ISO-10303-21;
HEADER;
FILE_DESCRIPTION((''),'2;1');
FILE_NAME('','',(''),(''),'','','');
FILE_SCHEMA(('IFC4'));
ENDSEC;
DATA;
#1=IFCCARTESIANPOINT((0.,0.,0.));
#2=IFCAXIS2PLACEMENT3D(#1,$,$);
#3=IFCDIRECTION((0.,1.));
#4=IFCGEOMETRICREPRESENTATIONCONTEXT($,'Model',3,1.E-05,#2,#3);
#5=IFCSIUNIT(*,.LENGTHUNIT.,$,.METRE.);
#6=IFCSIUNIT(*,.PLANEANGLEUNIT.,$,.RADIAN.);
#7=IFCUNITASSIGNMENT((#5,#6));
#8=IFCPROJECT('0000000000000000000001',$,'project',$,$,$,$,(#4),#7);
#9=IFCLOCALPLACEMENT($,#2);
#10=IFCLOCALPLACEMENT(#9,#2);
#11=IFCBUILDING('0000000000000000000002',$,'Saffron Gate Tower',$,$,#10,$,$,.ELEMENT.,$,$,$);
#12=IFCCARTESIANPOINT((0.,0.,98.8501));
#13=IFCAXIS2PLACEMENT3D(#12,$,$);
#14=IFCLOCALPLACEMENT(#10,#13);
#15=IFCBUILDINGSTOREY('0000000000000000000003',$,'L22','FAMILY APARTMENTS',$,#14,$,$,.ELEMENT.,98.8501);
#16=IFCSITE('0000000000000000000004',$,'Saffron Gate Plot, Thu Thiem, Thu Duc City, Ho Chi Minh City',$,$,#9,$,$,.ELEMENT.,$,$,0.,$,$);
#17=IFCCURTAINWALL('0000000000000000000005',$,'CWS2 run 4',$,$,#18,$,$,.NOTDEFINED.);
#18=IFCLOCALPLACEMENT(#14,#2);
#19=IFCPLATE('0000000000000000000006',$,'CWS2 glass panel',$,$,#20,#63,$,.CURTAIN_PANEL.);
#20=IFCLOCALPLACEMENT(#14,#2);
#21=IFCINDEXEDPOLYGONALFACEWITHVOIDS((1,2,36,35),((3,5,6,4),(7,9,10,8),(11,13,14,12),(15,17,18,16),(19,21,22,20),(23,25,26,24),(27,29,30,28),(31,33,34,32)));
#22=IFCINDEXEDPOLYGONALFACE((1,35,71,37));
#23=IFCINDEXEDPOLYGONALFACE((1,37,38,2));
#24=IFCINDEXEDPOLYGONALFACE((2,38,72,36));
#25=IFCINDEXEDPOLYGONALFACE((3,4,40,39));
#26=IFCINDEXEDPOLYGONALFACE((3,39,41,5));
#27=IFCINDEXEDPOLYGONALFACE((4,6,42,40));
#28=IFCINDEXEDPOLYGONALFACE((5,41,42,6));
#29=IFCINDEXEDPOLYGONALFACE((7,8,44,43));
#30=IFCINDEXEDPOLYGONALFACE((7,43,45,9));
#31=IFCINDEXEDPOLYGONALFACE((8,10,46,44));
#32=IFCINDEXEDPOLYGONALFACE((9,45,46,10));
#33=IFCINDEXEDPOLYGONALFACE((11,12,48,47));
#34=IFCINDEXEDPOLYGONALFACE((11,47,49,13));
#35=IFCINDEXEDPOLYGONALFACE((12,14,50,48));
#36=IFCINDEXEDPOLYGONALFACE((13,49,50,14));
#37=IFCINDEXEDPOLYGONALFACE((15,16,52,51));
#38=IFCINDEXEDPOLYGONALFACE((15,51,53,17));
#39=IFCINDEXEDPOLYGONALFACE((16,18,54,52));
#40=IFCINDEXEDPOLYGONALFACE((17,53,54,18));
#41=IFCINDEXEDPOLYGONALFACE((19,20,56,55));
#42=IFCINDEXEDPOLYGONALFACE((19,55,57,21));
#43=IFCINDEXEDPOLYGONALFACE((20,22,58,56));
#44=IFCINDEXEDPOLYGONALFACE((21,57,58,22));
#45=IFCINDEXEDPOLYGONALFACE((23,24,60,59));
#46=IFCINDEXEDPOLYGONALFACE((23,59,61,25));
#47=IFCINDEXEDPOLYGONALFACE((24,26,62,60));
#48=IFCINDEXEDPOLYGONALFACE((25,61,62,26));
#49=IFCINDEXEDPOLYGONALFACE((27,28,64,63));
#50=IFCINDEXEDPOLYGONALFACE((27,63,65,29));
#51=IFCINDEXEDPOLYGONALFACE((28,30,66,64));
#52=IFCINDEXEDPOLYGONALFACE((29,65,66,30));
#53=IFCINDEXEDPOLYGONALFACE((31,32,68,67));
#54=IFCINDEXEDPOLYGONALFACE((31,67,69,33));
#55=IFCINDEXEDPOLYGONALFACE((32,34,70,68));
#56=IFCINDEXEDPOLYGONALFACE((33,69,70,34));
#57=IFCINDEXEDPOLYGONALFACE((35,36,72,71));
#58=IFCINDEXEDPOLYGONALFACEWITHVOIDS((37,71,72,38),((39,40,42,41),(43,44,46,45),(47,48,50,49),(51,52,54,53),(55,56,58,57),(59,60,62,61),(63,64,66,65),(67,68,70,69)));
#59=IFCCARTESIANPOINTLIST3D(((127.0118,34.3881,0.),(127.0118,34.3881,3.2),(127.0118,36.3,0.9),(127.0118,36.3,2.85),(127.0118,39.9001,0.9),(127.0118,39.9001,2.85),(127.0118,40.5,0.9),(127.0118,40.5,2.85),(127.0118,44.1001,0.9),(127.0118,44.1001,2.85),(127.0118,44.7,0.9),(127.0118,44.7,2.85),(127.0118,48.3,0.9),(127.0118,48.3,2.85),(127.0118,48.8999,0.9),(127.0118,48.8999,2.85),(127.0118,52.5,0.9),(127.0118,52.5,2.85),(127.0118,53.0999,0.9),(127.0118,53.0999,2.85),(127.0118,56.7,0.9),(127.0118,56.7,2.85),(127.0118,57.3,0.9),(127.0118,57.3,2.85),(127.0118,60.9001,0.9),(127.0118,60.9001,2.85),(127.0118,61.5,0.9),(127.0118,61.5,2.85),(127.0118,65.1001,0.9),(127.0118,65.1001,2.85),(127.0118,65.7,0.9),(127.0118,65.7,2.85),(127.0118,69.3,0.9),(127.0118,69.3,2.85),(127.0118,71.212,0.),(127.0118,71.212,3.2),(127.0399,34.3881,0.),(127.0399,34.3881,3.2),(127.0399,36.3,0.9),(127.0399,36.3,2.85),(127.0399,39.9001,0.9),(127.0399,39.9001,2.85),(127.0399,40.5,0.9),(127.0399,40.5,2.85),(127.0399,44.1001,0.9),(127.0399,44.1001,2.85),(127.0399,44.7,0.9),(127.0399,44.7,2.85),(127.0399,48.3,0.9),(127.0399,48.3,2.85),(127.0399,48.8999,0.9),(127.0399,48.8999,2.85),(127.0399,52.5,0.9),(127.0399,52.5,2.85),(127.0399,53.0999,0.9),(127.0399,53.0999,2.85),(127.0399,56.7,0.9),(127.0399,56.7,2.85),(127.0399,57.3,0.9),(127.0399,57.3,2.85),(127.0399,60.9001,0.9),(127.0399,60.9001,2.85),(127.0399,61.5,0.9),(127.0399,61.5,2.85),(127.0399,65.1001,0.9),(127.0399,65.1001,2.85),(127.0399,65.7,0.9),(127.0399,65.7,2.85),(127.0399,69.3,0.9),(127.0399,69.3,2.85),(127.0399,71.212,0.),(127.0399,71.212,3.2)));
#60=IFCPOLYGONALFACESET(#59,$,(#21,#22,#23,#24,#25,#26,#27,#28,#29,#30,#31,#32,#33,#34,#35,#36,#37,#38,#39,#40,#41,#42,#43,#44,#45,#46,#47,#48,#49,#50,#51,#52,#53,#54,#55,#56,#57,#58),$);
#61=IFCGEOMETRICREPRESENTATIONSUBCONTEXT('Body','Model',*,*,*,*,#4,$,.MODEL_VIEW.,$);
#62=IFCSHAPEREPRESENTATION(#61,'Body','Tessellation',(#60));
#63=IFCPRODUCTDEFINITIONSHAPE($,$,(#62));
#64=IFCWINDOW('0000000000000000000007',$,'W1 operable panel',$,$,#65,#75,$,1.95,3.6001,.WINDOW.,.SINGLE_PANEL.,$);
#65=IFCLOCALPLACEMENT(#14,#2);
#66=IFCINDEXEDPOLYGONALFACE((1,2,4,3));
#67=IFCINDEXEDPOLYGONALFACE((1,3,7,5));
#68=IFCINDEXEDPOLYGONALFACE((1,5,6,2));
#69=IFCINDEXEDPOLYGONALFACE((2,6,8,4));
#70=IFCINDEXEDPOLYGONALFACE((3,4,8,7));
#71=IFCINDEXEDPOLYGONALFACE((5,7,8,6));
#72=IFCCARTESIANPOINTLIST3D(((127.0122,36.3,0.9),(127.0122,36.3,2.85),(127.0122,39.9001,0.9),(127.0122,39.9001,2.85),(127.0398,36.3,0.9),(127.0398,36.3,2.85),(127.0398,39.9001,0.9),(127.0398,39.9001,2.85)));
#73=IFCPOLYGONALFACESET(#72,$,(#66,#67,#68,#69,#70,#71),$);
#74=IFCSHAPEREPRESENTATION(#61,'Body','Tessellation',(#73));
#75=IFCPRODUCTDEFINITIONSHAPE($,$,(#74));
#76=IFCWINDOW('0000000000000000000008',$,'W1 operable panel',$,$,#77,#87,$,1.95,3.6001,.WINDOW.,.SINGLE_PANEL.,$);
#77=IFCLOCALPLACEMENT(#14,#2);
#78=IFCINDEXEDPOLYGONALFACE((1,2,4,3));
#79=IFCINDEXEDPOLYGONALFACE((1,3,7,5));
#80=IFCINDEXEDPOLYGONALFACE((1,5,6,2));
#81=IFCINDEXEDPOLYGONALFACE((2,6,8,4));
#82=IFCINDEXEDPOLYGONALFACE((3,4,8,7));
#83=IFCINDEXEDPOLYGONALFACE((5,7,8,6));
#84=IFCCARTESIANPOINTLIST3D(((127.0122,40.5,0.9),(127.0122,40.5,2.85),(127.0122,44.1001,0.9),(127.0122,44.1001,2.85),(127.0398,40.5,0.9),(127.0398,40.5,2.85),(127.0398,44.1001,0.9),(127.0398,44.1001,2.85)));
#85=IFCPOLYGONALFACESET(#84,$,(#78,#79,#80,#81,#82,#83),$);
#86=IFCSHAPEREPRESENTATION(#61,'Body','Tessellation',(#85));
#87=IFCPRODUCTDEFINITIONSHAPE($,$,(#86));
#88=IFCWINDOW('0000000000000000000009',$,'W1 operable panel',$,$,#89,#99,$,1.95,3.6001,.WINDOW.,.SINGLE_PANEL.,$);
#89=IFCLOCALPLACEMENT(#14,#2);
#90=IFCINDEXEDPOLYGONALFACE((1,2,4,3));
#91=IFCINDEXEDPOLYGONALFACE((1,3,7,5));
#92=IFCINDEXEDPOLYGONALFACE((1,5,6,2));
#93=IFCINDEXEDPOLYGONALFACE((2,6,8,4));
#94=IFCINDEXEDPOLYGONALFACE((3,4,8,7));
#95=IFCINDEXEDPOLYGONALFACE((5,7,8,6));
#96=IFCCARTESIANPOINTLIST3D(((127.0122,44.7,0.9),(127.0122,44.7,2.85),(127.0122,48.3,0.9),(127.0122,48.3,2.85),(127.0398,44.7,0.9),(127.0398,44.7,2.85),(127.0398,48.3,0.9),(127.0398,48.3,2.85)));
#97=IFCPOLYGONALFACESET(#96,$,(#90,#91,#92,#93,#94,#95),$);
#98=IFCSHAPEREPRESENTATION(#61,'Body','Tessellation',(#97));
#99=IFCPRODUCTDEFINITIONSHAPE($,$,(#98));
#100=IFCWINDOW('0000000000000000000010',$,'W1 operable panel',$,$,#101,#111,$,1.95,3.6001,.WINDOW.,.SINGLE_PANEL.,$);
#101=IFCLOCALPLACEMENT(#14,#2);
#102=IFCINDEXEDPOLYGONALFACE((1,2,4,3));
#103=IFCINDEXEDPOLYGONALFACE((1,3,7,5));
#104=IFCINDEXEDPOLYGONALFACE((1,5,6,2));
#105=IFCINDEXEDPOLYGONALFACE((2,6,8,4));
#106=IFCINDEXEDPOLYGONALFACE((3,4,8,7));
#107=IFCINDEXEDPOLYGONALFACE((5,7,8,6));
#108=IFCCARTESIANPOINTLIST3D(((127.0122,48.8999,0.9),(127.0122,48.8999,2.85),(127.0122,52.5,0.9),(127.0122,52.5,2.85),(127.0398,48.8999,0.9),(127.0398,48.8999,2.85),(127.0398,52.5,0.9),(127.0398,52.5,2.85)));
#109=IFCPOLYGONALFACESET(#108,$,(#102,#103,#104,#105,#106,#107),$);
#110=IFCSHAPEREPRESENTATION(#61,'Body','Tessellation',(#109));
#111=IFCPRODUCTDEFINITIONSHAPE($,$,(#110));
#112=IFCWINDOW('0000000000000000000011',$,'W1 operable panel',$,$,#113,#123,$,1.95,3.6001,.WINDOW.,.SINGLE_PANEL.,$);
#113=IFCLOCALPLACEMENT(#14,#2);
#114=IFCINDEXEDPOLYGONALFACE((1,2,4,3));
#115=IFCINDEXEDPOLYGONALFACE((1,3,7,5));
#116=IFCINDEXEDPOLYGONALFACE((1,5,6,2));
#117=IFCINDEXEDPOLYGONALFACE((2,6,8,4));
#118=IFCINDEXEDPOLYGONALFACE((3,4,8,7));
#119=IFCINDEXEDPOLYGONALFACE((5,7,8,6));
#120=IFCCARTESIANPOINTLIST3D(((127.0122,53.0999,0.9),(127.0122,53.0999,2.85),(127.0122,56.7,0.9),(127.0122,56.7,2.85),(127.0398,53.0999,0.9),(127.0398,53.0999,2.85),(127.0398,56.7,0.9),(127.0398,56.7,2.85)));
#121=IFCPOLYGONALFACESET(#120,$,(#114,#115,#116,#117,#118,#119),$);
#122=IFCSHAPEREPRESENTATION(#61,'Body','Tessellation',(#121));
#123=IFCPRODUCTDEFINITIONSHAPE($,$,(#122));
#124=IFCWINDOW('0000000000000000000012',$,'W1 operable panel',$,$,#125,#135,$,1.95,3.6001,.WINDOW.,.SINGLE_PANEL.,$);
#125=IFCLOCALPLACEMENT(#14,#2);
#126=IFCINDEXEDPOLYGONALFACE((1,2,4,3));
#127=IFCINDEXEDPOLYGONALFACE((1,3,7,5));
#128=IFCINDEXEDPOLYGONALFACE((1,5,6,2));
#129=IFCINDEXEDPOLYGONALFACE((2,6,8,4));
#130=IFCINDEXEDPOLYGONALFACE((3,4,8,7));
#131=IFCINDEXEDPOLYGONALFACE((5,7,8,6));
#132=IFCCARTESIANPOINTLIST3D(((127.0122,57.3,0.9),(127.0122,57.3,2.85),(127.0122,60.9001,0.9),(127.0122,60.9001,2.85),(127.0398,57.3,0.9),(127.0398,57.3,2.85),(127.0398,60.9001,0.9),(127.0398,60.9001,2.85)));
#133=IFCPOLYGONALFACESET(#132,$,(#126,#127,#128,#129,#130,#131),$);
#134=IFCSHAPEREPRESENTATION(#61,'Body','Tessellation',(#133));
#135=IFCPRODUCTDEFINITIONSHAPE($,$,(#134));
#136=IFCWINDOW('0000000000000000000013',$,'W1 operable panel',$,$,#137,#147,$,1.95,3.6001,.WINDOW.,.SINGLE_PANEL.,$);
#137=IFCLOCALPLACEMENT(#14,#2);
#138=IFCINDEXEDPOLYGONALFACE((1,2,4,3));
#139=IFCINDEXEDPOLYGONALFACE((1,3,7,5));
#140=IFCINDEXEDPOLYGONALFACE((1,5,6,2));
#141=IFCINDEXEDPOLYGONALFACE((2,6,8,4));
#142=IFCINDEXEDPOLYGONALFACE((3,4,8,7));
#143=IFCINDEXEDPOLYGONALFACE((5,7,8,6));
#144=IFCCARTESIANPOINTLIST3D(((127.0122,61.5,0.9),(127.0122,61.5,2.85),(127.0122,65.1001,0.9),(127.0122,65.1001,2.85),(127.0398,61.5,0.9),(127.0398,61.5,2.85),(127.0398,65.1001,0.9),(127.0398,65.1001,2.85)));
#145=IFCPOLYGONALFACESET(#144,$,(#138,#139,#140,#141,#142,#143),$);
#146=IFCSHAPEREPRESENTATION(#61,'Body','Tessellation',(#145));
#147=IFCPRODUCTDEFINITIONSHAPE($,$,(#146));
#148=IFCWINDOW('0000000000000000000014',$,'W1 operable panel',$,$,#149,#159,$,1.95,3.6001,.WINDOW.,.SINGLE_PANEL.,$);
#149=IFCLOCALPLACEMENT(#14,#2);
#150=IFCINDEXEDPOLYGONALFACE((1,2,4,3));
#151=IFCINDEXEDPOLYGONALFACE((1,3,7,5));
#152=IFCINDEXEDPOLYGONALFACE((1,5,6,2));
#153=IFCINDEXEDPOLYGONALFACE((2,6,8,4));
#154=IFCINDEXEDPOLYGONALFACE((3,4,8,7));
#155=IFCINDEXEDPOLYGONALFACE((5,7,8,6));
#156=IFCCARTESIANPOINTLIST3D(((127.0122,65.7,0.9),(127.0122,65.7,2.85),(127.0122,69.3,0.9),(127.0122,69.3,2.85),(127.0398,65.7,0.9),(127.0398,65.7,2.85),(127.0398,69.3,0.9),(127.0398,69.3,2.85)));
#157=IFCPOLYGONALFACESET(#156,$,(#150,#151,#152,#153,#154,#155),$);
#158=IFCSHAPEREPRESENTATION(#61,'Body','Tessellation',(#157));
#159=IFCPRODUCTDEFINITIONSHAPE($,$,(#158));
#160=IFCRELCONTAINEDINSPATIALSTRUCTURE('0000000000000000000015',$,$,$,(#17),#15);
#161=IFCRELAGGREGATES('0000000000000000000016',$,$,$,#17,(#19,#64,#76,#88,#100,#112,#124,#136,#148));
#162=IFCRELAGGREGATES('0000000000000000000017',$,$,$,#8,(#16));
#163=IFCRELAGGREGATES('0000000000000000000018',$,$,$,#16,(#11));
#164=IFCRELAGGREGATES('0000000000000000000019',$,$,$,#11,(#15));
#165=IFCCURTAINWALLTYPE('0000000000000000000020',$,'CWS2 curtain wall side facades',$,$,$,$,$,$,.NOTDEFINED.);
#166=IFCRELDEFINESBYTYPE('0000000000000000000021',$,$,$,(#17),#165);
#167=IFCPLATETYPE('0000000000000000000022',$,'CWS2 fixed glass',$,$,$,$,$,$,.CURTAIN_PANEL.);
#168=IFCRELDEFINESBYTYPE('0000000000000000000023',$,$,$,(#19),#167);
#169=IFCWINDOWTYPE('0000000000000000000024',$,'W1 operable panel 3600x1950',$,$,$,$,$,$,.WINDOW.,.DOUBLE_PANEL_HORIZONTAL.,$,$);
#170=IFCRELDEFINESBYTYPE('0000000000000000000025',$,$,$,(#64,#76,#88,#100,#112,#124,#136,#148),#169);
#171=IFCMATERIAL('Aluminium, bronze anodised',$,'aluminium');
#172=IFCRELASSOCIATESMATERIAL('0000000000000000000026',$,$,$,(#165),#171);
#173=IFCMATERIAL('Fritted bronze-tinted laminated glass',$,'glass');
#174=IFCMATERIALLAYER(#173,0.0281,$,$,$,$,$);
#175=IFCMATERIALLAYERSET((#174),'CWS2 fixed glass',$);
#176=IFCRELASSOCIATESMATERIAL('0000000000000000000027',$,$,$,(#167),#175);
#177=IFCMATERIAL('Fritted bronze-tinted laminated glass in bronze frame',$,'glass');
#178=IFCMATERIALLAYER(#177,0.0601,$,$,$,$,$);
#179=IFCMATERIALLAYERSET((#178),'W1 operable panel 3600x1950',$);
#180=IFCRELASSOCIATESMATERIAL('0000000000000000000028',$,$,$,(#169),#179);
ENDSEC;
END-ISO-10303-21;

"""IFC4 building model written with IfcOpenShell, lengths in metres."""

from ifc_helpers import new_model, si_unit, direction, frame, frame_2d, origin, place, context, subcontext, project, spatial, rectangle, extrude, material, layer, layer_set, type_object, element, fill, aggregate, save


model = new_model("IFC4")

# Units and contexts
model_context = context("Model", 3, precision=1e-05, world=origin(), true_north=direction((0.0, 1.0)))
body_context = subcontext(model_context, "Body", "Model", "MODEL_VIEW")
ifc_project = project(units=[si_unit("LENGTHUNIT", "METRE"), si_unit("PLANEANGLEUNIT", "RADIAN")], contexts=[model_context])

# Site, building, storey
site_placement = place(None, origin())
site = spatial("IfcSite", under=ifc_project, at=site_placement, Name="Saffron Gate Plot, Thu Thiem, Thu Duc City, Ho Chi Minh City", CompositionType="ELEMENT", RefElevation=0.0)
building_placement = place(site_placement, origin())
building = spatial("IfcBuilding", under=site, at=building_placement, Name="Saffron Gate Tower", CompositionType="ELEMENT")
storey_placement = place(building_placement, frame((0.0, 0.0, 98.8501)))
storey = spatial("IfcBuildingStorey", under=building, at=storey_placement, Name="L22", Description="FAMILY APARTMENTS", CompositionType="ELEMENT", Elevation=98.8501)

# Curtain wall
ifc_material_1 = material(Name="Aluminium, bronze anodised", Category="aluminium")
curtain_wall_type_1 = type_object("IfcCurtainWallType", Name="CWS2 curtain wall side facades", PredefinedType="NOTDEFINED", material=ifc_material_1)
curtain_wall_1_placement = place(storey_placement, origin())
curtain_wall_1 = element("IfcCurtainWall", 1, at=curtain_wall_1_placement, inside=storey, type_object=curtain_wall_type_1, Name="CWS2 run 4", PredefinedType="NOTDEFINED")

# Plate, openings, windows
ifc_material_2 = material(Name="Fritted bronze-tinted laminated glass", Category="glass")
ifc_layer_1 = layer(ifc_material_2, 0.0281)
ifc_layer_set_1 = layer_set([ifc_layer_1], Name="CWS2 fixed glass")
plate_type_1 = type_object("IfcPlateType", Name="CWS2 fixed glass", PredefinedType="CURTAIN_PANEL", material=ifc_layer_set_1)
plate_1_placement = place(storey_placement, frame((127.0259, 34.3879, 0.0), z_axis=(0.0, 0.0, 1.0), x_axis=(0.0, 1.0, 0.0)))
plate_1 = element("IfcPlate", 2, at=plate_1_placement, type_object=plate_type_1, Name="CWS2 glass panel", PredefinedType="CURTAIN_PANEL", context=body_context, shape_type="SweptSolid", body=[
    extrude(rectangle(XDim=36.824, YDim=0.0281, at=frame_2d((18.4121, 0.0))), origin(), (0.0, 0.0, 1.0), 3.2),
])
opening_1_placement = place(plate_1_placement, frame((1.9121, 0.0, 0.8999)))
opening_1 = element("IfcOpeningElement", 3, at=opening_1_placement, cuts=plate_1, PredefinedType="OPENING", context=body_context, shape_type="SweptSolid", body=[
    extrude(rectangle(XDim=3.6001, YDim=1.95, at=frame_2d((1.8, 0.9751))), frame((0.0, 0.0239, 0.0), z_axis=(0.0, -1.0, 0.0), x_axis=(1.0, 0.0, 0.0)), (0.0, 0.0, 1.0), 0.0481),
])
opening_2_placement = place(plate_1_placement, frame((6.1121, 0.0, 0.8999)))
opening_2 = element("IfcOpeningElement", 4, at=opening_2_placement, cuts=plate_1, PredefinedType="OPENING", context=body_context, shape_type="SweptSolid", body=[
    extrude(rectangle(XDim=3.6001, YDim=1.95, at=frame_2d((1.8, 0.9751))), frame((0.0, 0.0239, 0.0), z_axis=(0.0, -1.0, 0.0), x_axis=(1.0, 0.0, 0.0)), (0.0, 0.0, 1.0), 0.0481),
])
opening_3_placement = place(plate_1_placement, frame((10.312, 0.0, 0.8999)))
opening_3 = element("IfcOpeningElement", 5, at=opening_3_placement, cuts=plate_1, PredefinedType="OPENING", context=body_context, shape_type="SweptSolid", body=[
    extrude(rectangle(XDim=3.6001, YDim=1.95, at=frame_2d((1.8, 0.9751))), frame((0.0, 0.0239, 0.0), z_axis=(0.0, -1.0, 0.0), x_axis=(1.0, 0.0, 0.0)), (0.0, 0.0, 1.0), 0.0481),
])
opening_4_placement = place(plate_1_placement, frame((14.512, 0.0, 0.8999)))
opening_4 = element("IfcOpeningElement", 6, at=opening_4_placement, cuts=plate_1, PredefinedType="OPENING", context=body_context, shape_type="SweptSolid", body=[
    extrude(rectangle(XDim=3.6001, YDim=1.95, at=frame_2d((1.8, 0.9751))), frame((0.0, 0.0239, 0.0), z_axis=(0.0, -1.0, 0.0), x_axis=(1.0, 0.0, 0.0)), (0.0, 0.0, 1.0), 0.0481),
])
opening_5_placement = place(plate_1_placement, frame((18.7119, 0.0, 0.8999)))
opening_5 = element("IfcOpeningElement", 7, at=opening_5_placement, cuts=plate_1, PredefinedType="OPENING", context=body_context, shape_type="SweptSolid", body=[
    extrude(rectangle(XDim=3.6001, YDim=1.95, at=frame_2d((1.8, 0.9751))), frame((0.0, 0.0239, 0.0), z_axis=(0.0, -1.0, 0.0), x_axis=(1.0, 0.0, 0.0)), (0.0, 0.0, 1.0), 0.0481),
])
opening_6_placement = place(plate_1_placement, frame((22.9121, 0.0, 0.8999)))
opening_6 = element("IfcOpeningElement", 8, at=opening_6_placement, cuts=plate_1, PredefinedType="OPENING", context=body_context, shape_type="SweptSolid", body=[
    extrude(rectangle(XDim=3.6001, YDim=1.95, at=frame_2d((1.8, 0.9751))), frame((0.0, 0.0239, 0.0), z_axis=(0.0, -1.0, 0.0), x_axis=(1.0, 0.0, 0.0)), (0.0, 0.0, 1.0), 0.0481),
])
opening_7_placement = place(plate_1_placement, frame((27.1121, 0.0, 0.8999)))
opening_7 = element("IfcOpeningElement", 9, at=opening_7_placement, cuts=plate_1, PredefinedType="OPENING", context=body_context, shape_type="SweptSolid", body=[
    extrude(rectangle(XDim=3.6001, YDim=1.95, at=frame_2d((1.8, 0.9751))), frame((0.0, 0.0239, 0.0), z_axis=(0.0, -1.0, 0.0), x_axis=(1.0, 0.0, 0.0)), (0.0, 0.0, 1.0), 0.0481),
])
opening_8_placement = place(plate_1_placement, frame((31.312, 0.0, 0.8999)))
opening_8 = element("IfcOpeningElement", 10, at=opening_8_placement, cuts=plate_1, PredefinedType="OPENING", context=body_context, shape_type="SweptSolid", body=[
    extrude(rectangle(XDim=3.6001, YDim=1.95, at=frame_2d((1.8, 0.9751))), frame((0.0, 0.0239, 0.0), z_axis=(0.0, -1.0, 0.0), x_axis=(1.0, 0.0, 0.0)), (0.0, 0.0, 1.0), 0.0481),
])
ifc_material_3 = material(Name="Fritted bronze-tinted laminated glass in bronze frame", Category="glass")
ifc_layer_2 = layer(ifc_material_3, 0.0601)
ifc_layer_set_2 = layer_set([ifc_layer_2], Name="W1 operable panel 3600x1950")
window_type = type_object("IfcWindowType", Name="W1 operable panel 3600x1950", PartitioningType="DOUBLE_PANEL_HORIZONTAL", PredefinedType="WINDOW", material=ifc_layer_set_2)
window_1_placement = place(opening_1_placement, origin())
window_1 = element("IfcWindow", 11, at=window_1_placement, type_object=window_type, Name="W1 operable panel", OverallHeight=1.95, OverallWidth=3.6001, PartitioningType="SINGLE_PANEL", PredefinedType="WINDOW", context=body_context, shape_type="SweptSolid", body=[
    extrude(rectangle(XDim=3.6001, YDim=1.95, at=frame_2d((1.8, 0.9751))), frame((0.0, 0.0137, 0.0), z_axis=(0.0, -1.0, 0.0), x_axis=(1.0, 0.0, 0.0)), (0.0, 0.0, 1.0), 0.0276),
])
fill(opening_1, window_1)
window_2_placement = place(opening_2_placement, origin())
window_2 = element("IfcWindow", 12, at=window_2_placement, type_object=window_type, Name="W1 operable panel", OverallHeight=1.95, OverallWidth=3.6001, PartitioningType="SINGLE_PANEL", PredefinedType="WINDOW", context=body_context, shape_type="SweptSolid", body=[
    extrude(rectangle(XDim=3.6001, YDim=1.95, at=frame_2d((1.8, 0.9751))), frame((0.0, 0.0137, 0.0), z_axis=(0.0, -1.0, 0.0), x_axis=(1.0, 0.0, 0.0)), (0.0, 0.0, 1.0), 0.0276),
])
fill(opening_2, window_2)
window_3_placement = place(opening_3_placement, origin())
window_3 = element("IfcWindow", 13, at=window_3_placement, type_object=window_type, Name="W1 operable panel", OverallHeight=1.95, OverallWidth=3.6001, PartitioningType="SINGLE_PANEL", PredefinedType="WINDOW", context=body_context, shape_type="SweptSolid", body=[
    extrude(rectangle(XDim=3.6001, YDim=1.95, at=frame_2d((1.8, 0.9751))), frame((0.0, 0.0137, 0.0), z_axis=(0.0, -1.0, 0.0), x_axis=(1.0, 0.0, 0.0)), (0.0, 0.0, 1.0), 0.0276),
])
fill(opening_3, window_3)
window_4_placement = place(opening_4_placement, origin())
window_4 = element("IfcWindow", 14, at=window_4_placement, type_object=window_type, Name="W1 operable panel", OverallHeight=1.95, OverallWidth=3.6001, PartitioningType="SINGLE_PANEL", PredefinedType="WINDOW", context=body_context, shape_type="SweptSolid", body=[
    extrude(rectangle(XDim=3.6001, YDim=1.95, at=frame_2d((1.8, 0.9751))), frame((0.0, 0.0137, 0.0), z_axis=(0.0, -1.0, 0.0), x_axis=(1.0, 0.0, 0.0)), (0.0, 0.0, 1.0), 0.0276),
])
fill(opening_4, window_4)
window_5_placement = place(opening_5_placement, origin())
window_5 = element("IfcWindow", 15, at=window_5_placement, type_object=window_type, Name="W1 operable panel", OverallHeight=1.95, OverallWidth=3.6001, PartitioningType="SINGLE_PANEL", PredefinedType="WINDOW", context=body_context, shape_type="SweptSolid", body=[
    extrude(rectangle(XDim=3.6001, YDim=1.95, at=frame_2d((1.8, 0.9751))), frame((0.0, 0.0137, 0.0), z_axis=(0.0, -1.0, 0.0), x_axis=(1.0, 0.0, 0.0)), (0.0, 0.0, 1.0), 0.0276),
])
fill(opening_5, window_5)
window_6_placement = place(opening_6_placement, origin())
window_6 = element("IfcWindow", 16, at=window_6_placement, type_object=window_type, Name="W1 operable panel", OverallHeight=1.95, OverallWidth=3.6001, PartitioningType="SINGLE_PANEL", PredefinedType="WINDOW", context=body_context, shape_type="SweptSolid", body=[
    extrude(rectangle(XDim=3.6001, YDim=1.95, at=frame_2d((1.8, 0.9751))), frame((0.0, 0.0137, 0.0), z_axis=(0.0, -1.0, 0.0), x_axis=(1.0, 0.0, 0.0)), (0.0, 0.0, 1.0), 0.0276),
])
fill(opening_6, window_6)
window_7_placement = place(opening_7_placement, origin())
window_7 = element("IfcWindow", 17, at=window_7_placement, type_object=window_type, Name="W1 operable panel", OverallHeight=1.95, OverallWidth=3.6001, PartitioningType="SINGLE_PANEL", PredefinedType="WINDOW", context=body_context, shape_type="SweptSolid", body=[
    extrude(rectangle(XDim=3.6001, YDim=1.95, at=frame_2d((1.8, 0.9751))), frame((0.0, 0.0137, 0.0), z_axis=(0.0, -1.0, 0.0), x_axis=(1.0, 0.0, 0.0)), (0.0, 0.0, 1.0), 0.0276),
])
fill(opening_7, window_7)
window_8_placement = place(opening_8_placement, origin())
window_8 = element("IfcWindow", 18, at=window_8_placement, type_object=window_type, Name="W1 operable panel", OverallHeight=1.95, OverallWidth=3.6001, PartitioningType="SINGLE_PANEL", PredefinedType="WINDOW", context=body_context, shape_type="SweptSolid", body=[
    extrude(rectangle(XDim=3.6001, YDim=1.95, at=frame_2d((1.8, 0.9751))), frame((0.0, 0.0137, 0.0), z_axis=(0.0, -1.0, 0.0), x_axis=(1.0, 0.0, 0.0)), (0.0, 0.0, 1.0), 0.0276),
])
fill(opening_8, window_8)
aggregate(curtain_wall_1, [plate_1, window_1, window_2, window_3, window_4, window_5, window_6, window_7, window_8])

save(model, "model.ifc")
